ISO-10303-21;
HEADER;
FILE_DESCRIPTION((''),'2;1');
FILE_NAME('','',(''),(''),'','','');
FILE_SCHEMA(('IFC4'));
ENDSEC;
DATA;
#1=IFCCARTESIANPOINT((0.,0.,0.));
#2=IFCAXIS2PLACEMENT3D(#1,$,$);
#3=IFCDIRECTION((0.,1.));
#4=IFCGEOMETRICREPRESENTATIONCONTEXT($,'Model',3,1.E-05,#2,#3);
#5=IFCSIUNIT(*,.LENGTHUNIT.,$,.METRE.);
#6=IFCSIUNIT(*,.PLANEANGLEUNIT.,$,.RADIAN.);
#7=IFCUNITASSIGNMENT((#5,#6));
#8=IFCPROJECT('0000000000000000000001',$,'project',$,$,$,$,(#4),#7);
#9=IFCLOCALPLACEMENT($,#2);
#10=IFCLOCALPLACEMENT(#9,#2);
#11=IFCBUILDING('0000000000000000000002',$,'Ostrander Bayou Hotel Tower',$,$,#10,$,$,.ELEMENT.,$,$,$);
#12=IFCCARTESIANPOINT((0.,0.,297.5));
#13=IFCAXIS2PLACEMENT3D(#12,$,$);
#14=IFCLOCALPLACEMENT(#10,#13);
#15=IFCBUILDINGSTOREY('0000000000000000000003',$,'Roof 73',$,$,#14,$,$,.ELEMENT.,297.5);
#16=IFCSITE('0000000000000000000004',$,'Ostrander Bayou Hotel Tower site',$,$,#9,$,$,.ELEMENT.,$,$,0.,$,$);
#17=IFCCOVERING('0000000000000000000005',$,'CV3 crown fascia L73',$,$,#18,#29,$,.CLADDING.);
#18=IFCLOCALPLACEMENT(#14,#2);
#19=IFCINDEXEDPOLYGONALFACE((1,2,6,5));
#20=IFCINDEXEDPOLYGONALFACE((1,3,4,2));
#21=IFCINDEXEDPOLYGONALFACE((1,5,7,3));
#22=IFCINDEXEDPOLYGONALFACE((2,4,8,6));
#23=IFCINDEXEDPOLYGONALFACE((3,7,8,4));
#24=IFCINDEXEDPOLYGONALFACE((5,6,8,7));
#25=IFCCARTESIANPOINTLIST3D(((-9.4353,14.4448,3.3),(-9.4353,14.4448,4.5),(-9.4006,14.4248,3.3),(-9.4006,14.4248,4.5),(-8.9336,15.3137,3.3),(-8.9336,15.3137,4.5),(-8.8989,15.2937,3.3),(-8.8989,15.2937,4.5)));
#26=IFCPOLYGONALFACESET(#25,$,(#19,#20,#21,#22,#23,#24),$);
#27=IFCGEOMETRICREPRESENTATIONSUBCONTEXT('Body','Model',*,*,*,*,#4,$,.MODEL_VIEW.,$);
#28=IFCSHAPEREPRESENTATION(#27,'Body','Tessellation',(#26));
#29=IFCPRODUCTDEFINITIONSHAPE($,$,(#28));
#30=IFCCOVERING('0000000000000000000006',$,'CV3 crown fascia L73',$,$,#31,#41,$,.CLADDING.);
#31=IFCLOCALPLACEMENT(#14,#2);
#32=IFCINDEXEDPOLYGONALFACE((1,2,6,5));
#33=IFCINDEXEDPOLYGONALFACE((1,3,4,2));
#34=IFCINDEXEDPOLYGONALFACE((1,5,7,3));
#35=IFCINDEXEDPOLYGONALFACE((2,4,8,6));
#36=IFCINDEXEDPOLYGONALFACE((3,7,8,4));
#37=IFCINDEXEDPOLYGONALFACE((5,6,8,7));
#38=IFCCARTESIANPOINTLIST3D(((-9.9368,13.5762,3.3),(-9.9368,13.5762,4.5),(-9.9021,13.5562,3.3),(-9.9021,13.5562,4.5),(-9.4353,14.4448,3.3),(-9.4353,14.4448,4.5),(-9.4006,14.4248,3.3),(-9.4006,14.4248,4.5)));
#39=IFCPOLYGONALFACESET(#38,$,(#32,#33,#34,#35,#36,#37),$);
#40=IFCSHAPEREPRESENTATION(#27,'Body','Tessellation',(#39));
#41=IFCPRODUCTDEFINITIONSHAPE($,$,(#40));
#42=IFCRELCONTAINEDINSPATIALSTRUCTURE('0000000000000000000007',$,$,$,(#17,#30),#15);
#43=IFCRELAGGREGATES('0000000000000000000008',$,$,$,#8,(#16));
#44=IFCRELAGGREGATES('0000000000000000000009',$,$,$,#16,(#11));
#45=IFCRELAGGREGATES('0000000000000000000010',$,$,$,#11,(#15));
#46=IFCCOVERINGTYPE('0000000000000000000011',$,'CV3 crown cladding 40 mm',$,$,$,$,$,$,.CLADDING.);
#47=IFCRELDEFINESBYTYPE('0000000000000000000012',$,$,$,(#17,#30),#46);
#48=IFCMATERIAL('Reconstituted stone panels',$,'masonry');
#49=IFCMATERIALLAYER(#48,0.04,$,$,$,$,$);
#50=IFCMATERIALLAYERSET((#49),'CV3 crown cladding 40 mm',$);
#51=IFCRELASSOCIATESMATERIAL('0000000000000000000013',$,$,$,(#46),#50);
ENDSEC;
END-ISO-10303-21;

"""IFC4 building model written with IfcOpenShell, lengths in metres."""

from ifc_helpers import new_model, si_unit, direction, frame, origin, place, context, subcontext, project, spatial, polyline, outline, extrude, material, layer, layer_set, type_object, element, save


model = new_model("IFC4")

# Units and contexts
model_context = context("Model", 3, precision=1e-05, world=origin(), true_north=direction((0.0, 1.0)))
body_context = subcontext(model_context, "Body", "Model", "MODEL_VIEW")
ifc_project = project(units=[si_unit("LENGTHUNIT", "METRE"), si_unit("PLANEANGLEUNIT", "RADIAN")], contexts=[model_context])

# Site, building, storey
site_placement = place(None, origin())
site = spatial("IfcSite", under=ifc_project, at=site_placement, Name="Ostrander Bayou Hotel Tower site", CompositionType="ELEMENT", RefElevation=0.0)
building_placement = place(site_placement, origin())
building = spatial("IfcBuilding", under=site, at=building_placement, Name="Ostrander Bayou Hotel Tower", CompositionType="ELEMENT")
storey_placement = place(building_placement, frame((0.0, 0.0, 297.5)))
storey = spatial("IfcBuildingStorey", under=building, at=storey_placement, Name="Roof 73", CompositionType="ELEMENT", Elevation=297.5)

# Coverings
ifc_material_1 = material(Name="Reconstituted stone panels", Category="masonry")
ifc_layer_1 = layer(ifc_material_1, 0.04)
ifc_layer_set_1 = layer_set([ifc_layer_1], Name="CV3 crown cladding 40 mm")
covering_type = type_object("IfcCoveringType", Name="CV3 crown cladding 40 mm", PredefinedType="CLADDING", material=ifc_layer_set_1)
covering_1_placement = place(storey_placement, frame((-8.9336, 15.3137, 3.3), z_axis=(-0.866003, 0.500038, 0.0), x_axis=(-0.500038, -0.866003, 0.0)))
element("IfcCovering", 1, at=covering_1_placement, inside=storey, type_object=covering_type, Name="CV3 crown fascia L73", PredefinedType="CLADDING", context=body_context, shape_type="SweptSolid", body=[
    extrude(outline(polyline([(0.0, 0.0), (1.0033, 0.0), (1.0033, 1.2), (0.0, 1.2), (0.0, 0.0)])), origin(), (0.0, 0.0, -1.0), 0.04),
])
covering_2_placement = place(storey_placement, frame((-9.4353, 14.4448, 3.3), z_axis=(-0.866048, 0.499961, 0.0), x_axis=(-0.499961, -0.866048, 0.0)))
element("IfcCovering", 2, at=covering_2_placement, inside=storey, type_object=covering_type, Name="CV3 crown fascia L73", PredefinedType="CLADDING", context=body_context, shape_type="SweptSolid", body=[
    extrude(outline(polyline([(0.0, 0.0), (1.003, 0.0), (1.003, 1.2), (0.0, 1.2), (0.0, 0.0)])), origin(), (0.0, 0.0, -1.0), 0.04),
])

save(model, "model.ifc")
